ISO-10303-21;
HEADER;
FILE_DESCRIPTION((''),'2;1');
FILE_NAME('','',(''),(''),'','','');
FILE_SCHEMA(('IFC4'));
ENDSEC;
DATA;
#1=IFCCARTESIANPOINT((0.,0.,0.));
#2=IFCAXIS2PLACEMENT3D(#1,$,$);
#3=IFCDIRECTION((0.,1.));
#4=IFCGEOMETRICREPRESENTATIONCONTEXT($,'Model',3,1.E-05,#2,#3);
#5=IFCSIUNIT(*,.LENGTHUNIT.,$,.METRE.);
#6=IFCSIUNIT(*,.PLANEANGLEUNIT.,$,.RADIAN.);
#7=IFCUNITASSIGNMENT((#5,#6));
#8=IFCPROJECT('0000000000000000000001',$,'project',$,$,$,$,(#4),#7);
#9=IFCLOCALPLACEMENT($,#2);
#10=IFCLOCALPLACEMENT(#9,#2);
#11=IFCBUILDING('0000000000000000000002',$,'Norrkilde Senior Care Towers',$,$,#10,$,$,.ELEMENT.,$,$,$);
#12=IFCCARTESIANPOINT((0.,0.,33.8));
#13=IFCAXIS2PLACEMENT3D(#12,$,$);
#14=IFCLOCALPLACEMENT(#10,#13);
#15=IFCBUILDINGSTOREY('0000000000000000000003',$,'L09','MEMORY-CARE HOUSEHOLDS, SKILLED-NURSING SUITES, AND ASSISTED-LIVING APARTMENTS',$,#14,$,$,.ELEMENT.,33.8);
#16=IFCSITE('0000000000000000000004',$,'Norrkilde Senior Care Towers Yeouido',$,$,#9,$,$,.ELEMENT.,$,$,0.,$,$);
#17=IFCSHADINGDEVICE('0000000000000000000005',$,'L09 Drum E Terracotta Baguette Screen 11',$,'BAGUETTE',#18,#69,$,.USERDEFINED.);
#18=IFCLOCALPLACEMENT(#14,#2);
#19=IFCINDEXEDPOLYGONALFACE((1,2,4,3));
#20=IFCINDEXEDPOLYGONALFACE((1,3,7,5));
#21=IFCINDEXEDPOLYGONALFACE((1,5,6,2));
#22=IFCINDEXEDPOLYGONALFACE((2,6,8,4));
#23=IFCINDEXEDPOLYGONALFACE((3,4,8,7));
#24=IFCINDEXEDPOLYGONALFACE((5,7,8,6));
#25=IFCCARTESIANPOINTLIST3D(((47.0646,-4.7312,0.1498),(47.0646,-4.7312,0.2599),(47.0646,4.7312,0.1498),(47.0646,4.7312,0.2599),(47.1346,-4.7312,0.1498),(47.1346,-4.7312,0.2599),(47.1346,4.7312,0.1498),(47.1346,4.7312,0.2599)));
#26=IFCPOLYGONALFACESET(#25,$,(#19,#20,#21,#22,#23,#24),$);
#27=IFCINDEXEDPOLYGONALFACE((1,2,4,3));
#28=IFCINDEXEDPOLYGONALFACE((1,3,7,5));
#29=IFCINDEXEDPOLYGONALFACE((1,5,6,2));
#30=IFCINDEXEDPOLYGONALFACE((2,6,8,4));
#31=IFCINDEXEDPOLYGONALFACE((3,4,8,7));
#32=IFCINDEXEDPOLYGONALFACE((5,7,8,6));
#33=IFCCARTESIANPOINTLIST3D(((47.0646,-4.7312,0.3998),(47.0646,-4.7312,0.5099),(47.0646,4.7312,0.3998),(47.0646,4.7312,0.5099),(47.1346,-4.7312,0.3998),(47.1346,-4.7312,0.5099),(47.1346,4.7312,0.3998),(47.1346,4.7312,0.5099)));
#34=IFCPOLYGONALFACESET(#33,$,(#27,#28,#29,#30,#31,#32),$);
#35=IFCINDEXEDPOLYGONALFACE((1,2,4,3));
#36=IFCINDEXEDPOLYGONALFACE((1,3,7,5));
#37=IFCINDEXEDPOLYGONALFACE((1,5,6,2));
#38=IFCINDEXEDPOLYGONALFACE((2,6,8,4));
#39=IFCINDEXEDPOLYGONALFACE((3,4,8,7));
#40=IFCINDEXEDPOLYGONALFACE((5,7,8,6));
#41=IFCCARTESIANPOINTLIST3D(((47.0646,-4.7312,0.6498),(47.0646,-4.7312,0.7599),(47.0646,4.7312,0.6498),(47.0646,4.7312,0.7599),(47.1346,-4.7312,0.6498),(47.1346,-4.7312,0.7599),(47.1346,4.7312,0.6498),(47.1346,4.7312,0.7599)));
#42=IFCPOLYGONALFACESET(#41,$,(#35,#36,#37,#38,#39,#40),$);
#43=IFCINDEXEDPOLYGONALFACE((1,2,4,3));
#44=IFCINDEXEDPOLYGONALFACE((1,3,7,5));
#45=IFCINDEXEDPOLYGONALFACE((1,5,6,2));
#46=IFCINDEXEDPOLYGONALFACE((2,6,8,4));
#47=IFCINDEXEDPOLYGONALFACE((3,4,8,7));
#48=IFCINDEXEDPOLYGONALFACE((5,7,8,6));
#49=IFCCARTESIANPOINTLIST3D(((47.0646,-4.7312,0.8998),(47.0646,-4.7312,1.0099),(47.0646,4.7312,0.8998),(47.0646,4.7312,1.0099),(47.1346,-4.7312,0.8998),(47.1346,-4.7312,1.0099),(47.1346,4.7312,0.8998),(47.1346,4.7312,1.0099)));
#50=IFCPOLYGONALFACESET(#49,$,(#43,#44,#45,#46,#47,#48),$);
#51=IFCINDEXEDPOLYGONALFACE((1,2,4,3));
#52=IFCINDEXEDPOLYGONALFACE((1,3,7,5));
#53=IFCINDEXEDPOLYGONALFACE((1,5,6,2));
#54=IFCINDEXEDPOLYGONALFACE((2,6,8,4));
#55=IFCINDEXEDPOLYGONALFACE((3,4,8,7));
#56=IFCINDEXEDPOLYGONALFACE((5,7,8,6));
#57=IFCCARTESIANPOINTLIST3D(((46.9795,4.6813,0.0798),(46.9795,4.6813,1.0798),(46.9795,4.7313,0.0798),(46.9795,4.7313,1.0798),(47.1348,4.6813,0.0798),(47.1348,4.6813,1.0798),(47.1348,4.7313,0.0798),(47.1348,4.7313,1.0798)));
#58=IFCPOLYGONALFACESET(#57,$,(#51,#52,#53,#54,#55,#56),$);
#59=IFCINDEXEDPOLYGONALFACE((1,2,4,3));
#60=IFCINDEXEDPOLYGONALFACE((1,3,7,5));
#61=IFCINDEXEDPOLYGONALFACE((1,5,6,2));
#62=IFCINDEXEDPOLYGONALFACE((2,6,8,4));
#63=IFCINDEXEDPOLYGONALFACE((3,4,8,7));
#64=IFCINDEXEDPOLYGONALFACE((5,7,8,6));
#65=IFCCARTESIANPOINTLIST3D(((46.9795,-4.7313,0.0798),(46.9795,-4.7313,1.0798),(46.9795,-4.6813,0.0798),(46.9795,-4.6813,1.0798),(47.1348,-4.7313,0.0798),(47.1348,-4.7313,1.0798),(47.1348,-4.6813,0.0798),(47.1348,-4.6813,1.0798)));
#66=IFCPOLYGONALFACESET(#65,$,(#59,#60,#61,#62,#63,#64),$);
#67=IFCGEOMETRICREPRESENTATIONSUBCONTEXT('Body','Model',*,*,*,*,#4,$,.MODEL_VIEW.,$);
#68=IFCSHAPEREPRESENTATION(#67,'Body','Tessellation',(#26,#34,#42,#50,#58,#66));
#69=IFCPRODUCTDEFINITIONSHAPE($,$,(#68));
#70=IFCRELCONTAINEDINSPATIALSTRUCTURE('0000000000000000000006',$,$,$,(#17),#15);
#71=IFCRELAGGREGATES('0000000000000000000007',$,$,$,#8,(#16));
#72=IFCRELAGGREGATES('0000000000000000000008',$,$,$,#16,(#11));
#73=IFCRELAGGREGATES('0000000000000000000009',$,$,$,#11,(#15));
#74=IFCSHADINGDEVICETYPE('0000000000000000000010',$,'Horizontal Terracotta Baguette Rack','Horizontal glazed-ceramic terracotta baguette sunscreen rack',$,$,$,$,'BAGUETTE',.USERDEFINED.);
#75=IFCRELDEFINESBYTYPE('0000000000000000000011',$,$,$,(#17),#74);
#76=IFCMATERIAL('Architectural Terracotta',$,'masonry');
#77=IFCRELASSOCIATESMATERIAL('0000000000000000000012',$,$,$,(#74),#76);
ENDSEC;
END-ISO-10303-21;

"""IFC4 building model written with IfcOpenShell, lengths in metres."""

from ifc_helpers import new_model, si_unit, direction, frame, origin, origin_2d, place, context, subcontext, project, spatial, rectangle, extrude, source, transform, mapped, material, type_object, type_shapes, element, save


model = new_model("IFC4")

# Units and contexts
model_context = context("Model", 3, precision=1e-05, world=origin(), true_north=direction((0.0, 1.0)))
body_context = subcontext(model_context, "Body", "Model", "MODEL_VIEW")
ifc_project = project(units=[si_unit("LENGTHUNIT", "METRE"), si_unit("PLANEANGLEUNIT", "RADIAN")], contexts=[model_context])

# Site, building, storey
site_placement = place(None, origin())
site = spatial("IfcSite", under=ifc_project, at=site_placement, Name="Norrkilde Senior Care Towers Yeouido", CompositionType="ELEMENT", RefElevation=0.0)
building_placement = place(site_placement, origin())
building = spatial("IfcBuilding", under=site, at=building_placement, Name="Norrkilde Senior Care Towers", CompositionType="ELEMENT")
storey_placement = place(building_placement, frame((0.0, 0.0, 33.8)))
storey = spatial("IfcBuildingStorey", under=building, at=storey_placement, Name="L09", Description="MEMORY-CARE HOUSEHOLDS, SKILLED-NURSING SUITES, AND ASSISTED-LIVING APARTMENTS", CompositionType="ELEMENT", Elevation=33.8)

# Shading device
ifc_material_1 = material(Name="Architectural Terracotta", Category="masonry")
shading_device_type = type_object("IfcShadingDeviceType", Name="Horizontal Terracotta Baguette Rack", Description="Horizontal glazed-ceramic terracotta baguette sunscreen rack", ElementType="BAGUETTE", PredefinedType="USERDEFINED", material=ifc_material_1)
shared_shape_1 = source(origin(), body_context, "Body", "SweptSolid", [
    extrude(rectangle(XDim=0.0701, YDim=0.1101, at=origin_2d()), frame((0.0, 0.0901, 0.125), z_axis=(1.0, 0.0, 0.0), x_axis=(0.0, 1.0, 0.0)), (0.0, 0.0, 1.0), 9.4624),
    extrude(rectangle(XDim=0.0701, YDim=0.1101, at=origin_2d()), frame((0.0, 0.0901, 0.375), z_axis=(1.0, 0.0, 0.0), x_axis=(0.0, 1.0, 0.0)), (0.0, 0.0, 1.0), 9.4624),
    extrude(rectangle(XDim=0.0701, YDim=0.1101, at=origin_2d()), frame((0.0, 0.0901, 0.625), z_axis=(1.0, 0.0, 0.0), x_axis=(0.0, 1.0, 0.0)), (0.0, 0.0, 1.0), 9.4624),
    extrude(rectangle(XDim=0.0701, YDim=0.1101, at=origin_2d()), frame((0.0, 0.0901, 0.875), z_axis=(1.0, 0.0, 0.0), x_axis=(0.0, 1.0, 0.0)), (0.0, 0.0, 1.0), 9.4624),
    extrude(rectangle(XDim=0.05, YDim=0.1553, at=origin_2d()), frame((0.0249, 0.0476, 0.0)), (0.0, 0.0, 1.0), 1.0),
    extrude(rectangle(XDim=0.05, YDim=0.1553, at=origin_2d()), frame((9.4375, 0.0476, 0.0)), (0.0, 0.0, 1.0), 1.0),
])
type_shapes(shading_device_type, [shared_shape_1])
shading_device_placement = place(storey_placement, frame((47.0095, 4.7312, 0.0798), z_axis=(0.0, 0.0, 1.0), x_axis=(0.0, -1.0, 0.0)))
element("IfcShadingDevice", 1, at=shading_device_placement, inside=storey, type_object=shading_device_type, Name="L09 Drum E Terracotta Baguette Screen 11", ObjectType="BAGUETTE", PredefinedType="USERDEFINED", context=body_context, shape_type="MappedRepresentation", body=[
    mapped(shared_shape_1, transform((0.0, 0.0, 0.0), x_axis=(1.0, 0.0, 0.0), y_axis=(0.0, 1.0, 0.0), z_axis=(0.0, 0.0, 1.0), scale=1.0)),
])

save(model, "model.ifc")
